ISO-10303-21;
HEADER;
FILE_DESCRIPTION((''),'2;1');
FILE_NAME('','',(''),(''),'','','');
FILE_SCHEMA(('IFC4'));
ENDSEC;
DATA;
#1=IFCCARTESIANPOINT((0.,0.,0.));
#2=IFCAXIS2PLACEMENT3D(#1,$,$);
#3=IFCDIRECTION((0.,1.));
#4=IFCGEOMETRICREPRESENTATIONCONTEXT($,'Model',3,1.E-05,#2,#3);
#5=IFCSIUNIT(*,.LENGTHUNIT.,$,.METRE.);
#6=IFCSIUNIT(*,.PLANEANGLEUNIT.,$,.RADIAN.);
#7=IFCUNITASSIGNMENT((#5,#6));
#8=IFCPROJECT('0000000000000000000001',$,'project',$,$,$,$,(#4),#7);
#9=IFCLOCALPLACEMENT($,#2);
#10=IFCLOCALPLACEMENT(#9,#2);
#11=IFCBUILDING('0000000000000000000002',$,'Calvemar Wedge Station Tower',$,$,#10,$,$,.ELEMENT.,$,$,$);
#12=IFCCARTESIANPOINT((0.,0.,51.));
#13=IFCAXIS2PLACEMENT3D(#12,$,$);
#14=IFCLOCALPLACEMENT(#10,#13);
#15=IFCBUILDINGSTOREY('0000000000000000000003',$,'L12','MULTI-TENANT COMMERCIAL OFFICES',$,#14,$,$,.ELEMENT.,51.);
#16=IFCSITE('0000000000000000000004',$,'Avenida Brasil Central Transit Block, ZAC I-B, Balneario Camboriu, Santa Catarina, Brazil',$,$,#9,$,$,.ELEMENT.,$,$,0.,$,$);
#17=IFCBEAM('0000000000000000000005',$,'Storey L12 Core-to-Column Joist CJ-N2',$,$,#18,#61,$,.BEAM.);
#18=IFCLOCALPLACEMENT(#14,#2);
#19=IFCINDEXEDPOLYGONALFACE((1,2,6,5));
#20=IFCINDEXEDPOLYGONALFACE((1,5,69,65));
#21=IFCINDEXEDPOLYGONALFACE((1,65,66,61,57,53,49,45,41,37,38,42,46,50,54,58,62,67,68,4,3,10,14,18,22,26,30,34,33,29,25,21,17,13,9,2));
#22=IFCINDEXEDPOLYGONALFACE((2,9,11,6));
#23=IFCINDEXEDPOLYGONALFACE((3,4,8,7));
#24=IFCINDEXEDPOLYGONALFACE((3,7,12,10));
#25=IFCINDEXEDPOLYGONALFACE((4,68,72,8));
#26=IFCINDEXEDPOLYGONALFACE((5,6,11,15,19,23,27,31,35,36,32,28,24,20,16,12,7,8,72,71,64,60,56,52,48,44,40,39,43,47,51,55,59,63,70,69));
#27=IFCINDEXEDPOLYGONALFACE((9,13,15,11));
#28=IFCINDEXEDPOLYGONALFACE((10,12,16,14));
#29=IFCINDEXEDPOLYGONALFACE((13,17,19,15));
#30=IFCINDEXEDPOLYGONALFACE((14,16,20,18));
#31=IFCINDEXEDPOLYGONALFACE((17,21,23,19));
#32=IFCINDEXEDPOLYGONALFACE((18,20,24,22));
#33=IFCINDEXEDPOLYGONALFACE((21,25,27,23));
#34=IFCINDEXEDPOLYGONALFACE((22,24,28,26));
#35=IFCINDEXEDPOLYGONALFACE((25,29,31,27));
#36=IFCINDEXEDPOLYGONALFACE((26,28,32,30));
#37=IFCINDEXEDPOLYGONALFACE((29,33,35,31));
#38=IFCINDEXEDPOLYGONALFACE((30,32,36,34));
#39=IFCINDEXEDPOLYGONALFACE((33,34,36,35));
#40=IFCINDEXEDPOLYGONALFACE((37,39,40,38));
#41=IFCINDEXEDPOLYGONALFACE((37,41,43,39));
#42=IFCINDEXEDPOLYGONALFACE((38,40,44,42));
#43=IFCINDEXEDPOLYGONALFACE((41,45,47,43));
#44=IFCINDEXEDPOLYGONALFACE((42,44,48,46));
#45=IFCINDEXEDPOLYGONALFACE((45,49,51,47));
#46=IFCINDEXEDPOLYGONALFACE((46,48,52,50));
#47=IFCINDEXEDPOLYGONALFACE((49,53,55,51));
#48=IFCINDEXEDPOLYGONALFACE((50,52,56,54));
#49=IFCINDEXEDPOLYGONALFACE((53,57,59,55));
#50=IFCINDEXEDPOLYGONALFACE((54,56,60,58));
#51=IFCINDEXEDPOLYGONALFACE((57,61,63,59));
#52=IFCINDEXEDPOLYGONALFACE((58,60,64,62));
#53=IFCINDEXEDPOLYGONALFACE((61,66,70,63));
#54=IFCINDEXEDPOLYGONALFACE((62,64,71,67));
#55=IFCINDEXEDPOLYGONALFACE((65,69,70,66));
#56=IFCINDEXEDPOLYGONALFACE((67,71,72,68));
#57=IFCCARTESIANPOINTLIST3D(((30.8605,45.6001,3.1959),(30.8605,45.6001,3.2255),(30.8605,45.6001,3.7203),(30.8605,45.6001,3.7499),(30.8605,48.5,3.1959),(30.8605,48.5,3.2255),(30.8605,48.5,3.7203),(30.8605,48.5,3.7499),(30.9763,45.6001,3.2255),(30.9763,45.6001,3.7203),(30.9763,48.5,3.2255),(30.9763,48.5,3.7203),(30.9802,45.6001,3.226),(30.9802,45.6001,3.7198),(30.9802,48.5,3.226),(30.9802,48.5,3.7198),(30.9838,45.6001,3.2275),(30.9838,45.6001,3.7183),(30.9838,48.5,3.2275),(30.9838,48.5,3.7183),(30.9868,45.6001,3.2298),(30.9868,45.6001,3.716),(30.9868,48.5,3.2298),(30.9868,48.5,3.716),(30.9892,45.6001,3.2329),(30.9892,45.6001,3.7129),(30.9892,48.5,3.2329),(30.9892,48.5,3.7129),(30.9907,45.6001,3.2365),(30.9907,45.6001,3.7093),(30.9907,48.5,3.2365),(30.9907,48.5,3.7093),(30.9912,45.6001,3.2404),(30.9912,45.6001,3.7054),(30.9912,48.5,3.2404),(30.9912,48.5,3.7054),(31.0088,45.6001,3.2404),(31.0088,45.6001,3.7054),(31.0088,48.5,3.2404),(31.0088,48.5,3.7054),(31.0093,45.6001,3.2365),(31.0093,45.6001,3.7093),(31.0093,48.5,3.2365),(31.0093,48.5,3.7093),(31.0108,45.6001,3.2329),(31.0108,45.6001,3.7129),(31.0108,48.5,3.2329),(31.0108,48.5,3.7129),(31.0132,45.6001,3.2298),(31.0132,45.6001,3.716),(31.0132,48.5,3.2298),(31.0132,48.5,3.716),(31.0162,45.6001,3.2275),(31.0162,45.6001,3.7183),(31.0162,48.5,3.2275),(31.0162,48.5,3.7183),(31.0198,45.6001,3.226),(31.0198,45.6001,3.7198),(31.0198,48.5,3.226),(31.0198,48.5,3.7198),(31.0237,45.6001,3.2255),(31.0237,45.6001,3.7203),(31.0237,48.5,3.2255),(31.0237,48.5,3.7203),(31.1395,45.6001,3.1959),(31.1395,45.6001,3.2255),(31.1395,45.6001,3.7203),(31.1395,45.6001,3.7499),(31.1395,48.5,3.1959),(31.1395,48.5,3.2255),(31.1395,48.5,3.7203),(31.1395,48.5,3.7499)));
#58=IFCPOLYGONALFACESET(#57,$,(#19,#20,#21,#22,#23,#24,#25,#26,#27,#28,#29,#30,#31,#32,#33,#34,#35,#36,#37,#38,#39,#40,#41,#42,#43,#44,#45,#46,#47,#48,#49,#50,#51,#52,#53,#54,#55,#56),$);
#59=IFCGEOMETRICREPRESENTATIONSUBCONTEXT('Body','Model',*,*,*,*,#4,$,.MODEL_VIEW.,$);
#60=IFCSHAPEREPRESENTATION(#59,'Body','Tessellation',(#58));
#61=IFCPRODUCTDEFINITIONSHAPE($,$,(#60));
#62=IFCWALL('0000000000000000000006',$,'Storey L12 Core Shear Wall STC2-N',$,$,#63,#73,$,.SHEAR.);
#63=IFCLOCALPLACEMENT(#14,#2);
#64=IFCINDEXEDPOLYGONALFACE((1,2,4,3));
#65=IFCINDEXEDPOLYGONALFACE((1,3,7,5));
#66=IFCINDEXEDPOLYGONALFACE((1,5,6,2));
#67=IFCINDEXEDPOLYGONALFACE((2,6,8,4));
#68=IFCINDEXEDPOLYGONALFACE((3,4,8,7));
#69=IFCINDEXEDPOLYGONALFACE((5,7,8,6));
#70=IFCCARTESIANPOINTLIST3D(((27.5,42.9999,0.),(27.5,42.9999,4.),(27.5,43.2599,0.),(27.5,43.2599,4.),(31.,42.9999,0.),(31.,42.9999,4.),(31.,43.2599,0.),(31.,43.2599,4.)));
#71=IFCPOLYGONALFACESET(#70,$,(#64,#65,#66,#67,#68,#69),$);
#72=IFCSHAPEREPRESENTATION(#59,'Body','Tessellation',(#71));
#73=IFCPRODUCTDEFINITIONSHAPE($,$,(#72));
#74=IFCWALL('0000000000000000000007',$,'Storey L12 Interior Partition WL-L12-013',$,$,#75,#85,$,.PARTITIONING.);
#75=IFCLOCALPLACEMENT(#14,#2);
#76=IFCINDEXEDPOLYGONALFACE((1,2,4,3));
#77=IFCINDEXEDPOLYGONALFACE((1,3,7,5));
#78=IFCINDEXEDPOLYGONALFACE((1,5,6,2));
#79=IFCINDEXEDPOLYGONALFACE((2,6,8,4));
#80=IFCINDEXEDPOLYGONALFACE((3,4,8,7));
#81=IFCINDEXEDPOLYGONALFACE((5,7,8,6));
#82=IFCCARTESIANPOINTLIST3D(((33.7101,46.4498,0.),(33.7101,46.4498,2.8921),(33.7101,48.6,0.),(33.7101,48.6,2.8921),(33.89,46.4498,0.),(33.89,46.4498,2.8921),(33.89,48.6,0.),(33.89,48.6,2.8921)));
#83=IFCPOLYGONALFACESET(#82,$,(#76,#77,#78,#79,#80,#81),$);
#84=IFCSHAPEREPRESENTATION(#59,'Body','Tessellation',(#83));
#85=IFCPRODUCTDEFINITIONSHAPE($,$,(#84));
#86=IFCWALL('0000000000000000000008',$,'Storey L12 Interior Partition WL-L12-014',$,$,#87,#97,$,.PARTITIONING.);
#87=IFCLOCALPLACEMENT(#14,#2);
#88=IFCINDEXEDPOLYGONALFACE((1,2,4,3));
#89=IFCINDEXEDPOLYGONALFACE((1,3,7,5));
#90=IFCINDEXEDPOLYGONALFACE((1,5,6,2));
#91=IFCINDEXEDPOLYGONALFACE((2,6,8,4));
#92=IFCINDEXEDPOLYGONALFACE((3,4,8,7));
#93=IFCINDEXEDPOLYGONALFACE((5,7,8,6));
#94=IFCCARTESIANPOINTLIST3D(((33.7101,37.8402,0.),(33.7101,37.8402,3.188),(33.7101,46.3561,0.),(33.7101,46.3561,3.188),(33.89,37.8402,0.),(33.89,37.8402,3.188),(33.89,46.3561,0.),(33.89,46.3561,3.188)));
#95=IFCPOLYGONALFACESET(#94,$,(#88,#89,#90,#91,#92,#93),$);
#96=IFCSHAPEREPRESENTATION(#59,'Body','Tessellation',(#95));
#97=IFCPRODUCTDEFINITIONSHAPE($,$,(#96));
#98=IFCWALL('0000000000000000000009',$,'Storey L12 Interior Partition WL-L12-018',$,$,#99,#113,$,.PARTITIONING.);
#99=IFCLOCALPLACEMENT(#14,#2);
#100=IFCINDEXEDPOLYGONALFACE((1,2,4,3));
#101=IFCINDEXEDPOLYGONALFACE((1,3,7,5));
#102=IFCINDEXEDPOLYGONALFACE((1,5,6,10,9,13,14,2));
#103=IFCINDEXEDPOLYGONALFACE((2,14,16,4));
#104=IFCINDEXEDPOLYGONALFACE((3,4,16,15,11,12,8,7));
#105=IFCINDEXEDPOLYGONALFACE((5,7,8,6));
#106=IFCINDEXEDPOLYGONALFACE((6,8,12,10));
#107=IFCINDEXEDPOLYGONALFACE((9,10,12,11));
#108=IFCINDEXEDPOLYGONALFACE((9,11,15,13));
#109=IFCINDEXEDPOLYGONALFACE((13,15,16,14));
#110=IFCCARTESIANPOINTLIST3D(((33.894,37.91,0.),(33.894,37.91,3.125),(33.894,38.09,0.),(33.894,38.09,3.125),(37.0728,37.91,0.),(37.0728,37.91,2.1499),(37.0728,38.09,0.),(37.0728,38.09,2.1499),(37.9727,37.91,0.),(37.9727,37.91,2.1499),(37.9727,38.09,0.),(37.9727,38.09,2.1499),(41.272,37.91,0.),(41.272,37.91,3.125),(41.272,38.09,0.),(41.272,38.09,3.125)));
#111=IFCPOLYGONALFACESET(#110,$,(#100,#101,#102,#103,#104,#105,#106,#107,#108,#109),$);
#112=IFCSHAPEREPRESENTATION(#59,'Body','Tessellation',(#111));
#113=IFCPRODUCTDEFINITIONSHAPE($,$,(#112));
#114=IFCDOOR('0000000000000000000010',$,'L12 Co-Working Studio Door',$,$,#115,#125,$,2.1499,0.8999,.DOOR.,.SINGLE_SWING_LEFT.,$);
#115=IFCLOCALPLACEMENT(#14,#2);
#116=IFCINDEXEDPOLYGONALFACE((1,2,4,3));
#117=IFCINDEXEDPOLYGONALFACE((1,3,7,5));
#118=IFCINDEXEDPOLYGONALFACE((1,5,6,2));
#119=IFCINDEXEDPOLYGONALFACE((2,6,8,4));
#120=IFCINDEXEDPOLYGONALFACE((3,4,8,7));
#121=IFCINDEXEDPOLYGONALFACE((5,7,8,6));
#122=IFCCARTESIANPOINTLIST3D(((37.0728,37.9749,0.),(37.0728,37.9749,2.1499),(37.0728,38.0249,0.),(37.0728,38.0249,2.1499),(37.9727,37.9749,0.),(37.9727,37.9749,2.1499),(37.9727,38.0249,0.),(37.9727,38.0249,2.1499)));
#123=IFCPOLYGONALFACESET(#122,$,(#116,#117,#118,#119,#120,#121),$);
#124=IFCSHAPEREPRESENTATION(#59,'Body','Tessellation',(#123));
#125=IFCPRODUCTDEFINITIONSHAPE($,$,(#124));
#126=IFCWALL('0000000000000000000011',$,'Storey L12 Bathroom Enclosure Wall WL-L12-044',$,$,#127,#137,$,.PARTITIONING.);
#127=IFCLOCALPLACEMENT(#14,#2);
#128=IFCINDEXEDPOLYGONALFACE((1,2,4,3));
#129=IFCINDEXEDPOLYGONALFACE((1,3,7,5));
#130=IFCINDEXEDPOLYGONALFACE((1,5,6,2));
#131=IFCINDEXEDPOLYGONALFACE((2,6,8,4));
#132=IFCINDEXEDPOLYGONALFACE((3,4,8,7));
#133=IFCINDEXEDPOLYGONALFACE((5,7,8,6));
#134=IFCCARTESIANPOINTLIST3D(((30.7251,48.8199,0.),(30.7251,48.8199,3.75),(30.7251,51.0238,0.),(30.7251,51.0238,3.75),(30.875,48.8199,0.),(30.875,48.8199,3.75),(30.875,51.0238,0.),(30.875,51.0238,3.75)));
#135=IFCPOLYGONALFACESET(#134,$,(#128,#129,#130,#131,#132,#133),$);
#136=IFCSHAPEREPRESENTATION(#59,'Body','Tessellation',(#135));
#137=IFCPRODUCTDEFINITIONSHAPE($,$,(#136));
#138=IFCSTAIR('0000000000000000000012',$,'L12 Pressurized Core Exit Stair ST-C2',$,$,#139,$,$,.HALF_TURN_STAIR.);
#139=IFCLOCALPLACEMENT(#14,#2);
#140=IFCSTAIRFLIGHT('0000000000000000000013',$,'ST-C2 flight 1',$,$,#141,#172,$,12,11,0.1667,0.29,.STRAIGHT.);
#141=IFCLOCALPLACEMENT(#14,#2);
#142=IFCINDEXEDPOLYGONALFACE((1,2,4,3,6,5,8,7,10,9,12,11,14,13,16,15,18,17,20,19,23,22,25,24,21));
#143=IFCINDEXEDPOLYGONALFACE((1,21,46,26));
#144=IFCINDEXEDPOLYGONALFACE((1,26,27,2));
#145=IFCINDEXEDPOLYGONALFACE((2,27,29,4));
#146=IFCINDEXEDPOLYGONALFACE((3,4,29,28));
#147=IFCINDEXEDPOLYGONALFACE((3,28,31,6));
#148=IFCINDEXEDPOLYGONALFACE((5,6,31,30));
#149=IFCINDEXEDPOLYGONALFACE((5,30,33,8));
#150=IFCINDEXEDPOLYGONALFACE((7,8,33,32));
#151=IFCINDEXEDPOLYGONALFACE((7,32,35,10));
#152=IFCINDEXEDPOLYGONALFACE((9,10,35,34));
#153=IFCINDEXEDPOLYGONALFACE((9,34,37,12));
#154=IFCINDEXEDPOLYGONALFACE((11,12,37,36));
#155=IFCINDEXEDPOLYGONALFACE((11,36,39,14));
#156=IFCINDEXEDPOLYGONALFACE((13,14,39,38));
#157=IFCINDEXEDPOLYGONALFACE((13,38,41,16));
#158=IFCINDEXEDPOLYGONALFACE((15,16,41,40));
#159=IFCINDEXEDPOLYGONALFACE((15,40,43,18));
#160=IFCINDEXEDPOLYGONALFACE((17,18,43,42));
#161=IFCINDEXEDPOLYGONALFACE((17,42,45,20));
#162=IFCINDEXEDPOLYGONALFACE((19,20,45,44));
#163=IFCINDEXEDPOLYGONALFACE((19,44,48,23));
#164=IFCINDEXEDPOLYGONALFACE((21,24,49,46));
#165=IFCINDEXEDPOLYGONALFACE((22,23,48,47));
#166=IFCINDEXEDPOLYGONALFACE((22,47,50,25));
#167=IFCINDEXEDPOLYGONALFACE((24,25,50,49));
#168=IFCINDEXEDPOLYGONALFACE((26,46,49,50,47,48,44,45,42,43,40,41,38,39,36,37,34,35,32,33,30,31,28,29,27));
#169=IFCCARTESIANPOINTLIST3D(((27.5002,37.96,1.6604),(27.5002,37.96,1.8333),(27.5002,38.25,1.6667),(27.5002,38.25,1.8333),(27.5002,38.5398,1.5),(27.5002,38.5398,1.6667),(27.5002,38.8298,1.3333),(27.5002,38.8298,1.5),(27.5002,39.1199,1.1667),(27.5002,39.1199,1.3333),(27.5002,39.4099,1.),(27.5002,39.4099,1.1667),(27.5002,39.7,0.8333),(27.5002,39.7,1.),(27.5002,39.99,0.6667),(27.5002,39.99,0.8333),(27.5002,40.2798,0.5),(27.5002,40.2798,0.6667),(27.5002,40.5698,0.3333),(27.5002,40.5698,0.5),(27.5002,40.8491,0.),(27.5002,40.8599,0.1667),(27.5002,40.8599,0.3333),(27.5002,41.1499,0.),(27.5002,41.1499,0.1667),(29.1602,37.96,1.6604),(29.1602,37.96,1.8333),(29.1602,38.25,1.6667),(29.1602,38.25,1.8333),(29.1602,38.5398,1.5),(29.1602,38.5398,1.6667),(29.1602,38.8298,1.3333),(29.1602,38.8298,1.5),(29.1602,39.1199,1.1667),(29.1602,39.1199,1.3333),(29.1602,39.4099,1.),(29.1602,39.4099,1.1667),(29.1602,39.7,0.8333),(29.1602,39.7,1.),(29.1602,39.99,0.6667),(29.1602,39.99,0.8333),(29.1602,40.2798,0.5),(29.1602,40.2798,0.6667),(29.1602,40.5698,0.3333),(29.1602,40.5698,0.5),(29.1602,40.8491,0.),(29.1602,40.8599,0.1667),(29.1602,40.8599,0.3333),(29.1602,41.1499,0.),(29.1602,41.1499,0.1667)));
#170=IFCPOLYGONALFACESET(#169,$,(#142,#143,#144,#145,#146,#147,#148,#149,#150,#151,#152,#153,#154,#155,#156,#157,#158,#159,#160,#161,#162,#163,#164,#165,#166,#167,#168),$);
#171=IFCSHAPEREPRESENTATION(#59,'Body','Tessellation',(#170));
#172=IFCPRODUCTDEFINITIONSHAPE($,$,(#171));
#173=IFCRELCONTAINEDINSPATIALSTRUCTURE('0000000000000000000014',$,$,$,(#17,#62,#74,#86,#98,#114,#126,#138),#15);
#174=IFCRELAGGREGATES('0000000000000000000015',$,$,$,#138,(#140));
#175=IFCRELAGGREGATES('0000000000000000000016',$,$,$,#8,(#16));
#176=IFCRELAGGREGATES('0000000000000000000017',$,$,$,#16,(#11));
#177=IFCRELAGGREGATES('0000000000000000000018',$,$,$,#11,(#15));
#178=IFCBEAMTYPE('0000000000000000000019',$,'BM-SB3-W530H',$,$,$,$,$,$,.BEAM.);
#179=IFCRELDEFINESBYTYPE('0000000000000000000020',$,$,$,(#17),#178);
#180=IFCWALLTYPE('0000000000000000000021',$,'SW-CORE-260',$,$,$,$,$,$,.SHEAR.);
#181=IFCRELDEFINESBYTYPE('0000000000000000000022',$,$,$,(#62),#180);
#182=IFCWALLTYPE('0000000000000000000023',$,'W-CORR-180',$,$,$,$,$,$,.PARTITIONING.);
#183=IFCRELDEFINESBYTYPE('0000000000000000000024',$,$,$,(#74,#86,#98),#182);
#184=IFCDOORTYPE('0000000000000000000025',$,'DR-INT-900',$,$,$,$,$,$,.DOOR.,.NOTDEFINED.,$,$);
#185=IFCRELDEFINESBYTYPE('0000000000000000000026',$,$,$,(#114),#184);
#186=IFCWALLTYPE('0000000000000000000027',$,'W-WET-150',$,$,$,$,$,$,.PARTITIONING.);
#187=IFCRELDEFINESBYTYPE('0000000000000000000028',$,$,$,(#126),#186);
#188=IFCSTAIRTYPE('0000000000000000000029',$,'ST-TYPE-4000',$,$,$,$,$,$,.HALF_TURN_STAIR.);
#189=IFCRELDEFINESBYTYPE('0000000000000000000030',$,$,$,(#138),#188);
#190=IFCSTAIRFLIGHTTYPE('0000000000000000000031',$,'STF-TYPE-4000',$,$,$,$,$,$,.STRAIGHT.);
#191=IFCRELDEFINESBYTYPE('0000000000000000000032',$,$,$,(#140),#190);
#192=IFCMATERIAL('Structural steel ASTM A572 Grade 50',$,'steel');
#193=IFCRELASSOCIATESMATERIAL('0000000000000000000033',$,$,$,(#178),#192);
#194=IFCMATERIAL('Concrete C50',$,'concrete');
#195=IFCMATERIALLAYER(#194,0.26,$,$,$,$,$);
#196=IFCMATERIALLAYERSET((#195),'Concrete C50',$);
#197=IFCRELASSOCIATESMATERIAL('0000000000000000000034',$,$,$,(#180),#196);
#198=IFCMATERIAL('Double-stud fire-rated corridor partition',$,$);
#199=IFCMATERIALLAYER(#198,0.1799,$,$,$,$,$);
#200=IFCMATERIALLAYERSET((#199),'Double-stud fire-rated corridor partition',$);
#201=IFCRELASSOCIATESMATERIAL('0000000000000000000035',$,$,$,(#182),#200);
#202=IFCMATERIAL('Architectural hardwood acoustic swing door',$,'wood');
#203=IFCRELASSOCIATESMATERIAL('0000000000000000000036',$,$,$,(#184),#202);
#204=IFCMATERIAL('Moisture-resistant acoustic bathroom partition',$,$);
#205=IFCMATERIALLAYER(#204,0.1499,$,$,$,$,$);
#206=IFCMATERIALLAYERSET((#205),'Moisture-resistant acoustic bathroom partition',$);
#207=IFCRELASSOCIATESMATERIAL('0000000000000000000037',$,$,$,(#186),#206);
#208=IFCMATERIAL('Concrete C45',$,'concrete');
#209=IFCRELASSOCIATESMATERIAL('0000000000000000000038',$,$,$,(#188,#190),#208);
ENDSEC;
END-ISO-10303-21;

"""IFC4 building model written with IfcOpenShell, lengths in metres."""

from ifc_helpers import new_model, si_unit, direction, frame, frame_2d, origin, origin_2d, place, context, subcontext, project, spatial, polyline, rectangle, i_section, outline, extrude, source, transform, mapped, material, layer, layer_set, material_profile, profile_set, type_object, element, fill, aggregate, save


model = new_model("IFC4")

# Units and contexts
model_context = context("Model", 3, precision=1e-05, world=origin(), true_north=direction((0.0, 1.0)))
body_context = subcontext(model_context, "Body", "Model", "MODEL_VIEW")
ifc_project = project(units=[si_unit("LENGTHUNIT", "METRE"), si_unit("PLANEANGLEUNIT", "RADIAN")], contexts=[model_context])

# Site, building, storey
site_placement = place(None, origin())
site = spatial("IfcSite", under=ifc_project, at=site_placement, Name="Avenida Brasil Central Transit Block, ZAC I-B, Balneario Camboriu, Santa Catarina, Brazil", CompositionType="ELEMENT", RefElevation=0.0)
building_placement = place(site_placement, origin())
building = spatial("IfcBuilding", under=site, at=building_placement, Name="Calvemar Wedge Station Tower", CompositionType="ELEMENT")
storey_placement = place(building_placement, frame((0.0, 0.0, 51.0)))
storey = spatial("IfcBuildingStorey", under=building, at=storey_placement, Name="L12", Description="MULTI-TENANT COMMERCIAL OFFICES", CompositionType="ELEMENT", Elevation=51.0)

# Beam
ifc_material_1 = material(Name="Structural steel ASTM A572 Grade 50", Category="steel")
ifc_material_profile_1 = material_profile(ifc_material_1, i_section(OverallWidth=0.2791, OverallDepth=0.554, WebThickness=0.0176, FlangeThickness=0.0295, FilletRadius=0.0149, at=origin_2d()), Name="W530x196")
ifc_profile_set_1 = profile_set([ifc_material_profile_1], Name="Structural steel ASTM A572 Grade 50")
beam_type_1 = type_object("IfcBeamType", Name="BM-SB3-W530H", PredefinedType="BEAM", material=ifc_profile_set_1)
shared_shape_1 = source(origin(), body_context, "Body", "SweptSolid", [
    extrude(i_section(OverallWidth=0.2791, OverallDepth=0.554, WebThickness=0.0176, FlangeThickness=0.0295, FilletRadius=0.0149, at=origin_2d()), origin(), (0.0, 0.0, 1.0), 2.8999),
])
beam_1_placement = place(storey_placement, frame((31.0, 45.6001, 3.4729), z_axis=(0.0, 1.0, 0.0), x_axis=(-1.0, 0.0, 0.0)))
element("IfcBeam", 1, at=beam_1_placement, inside=storey, type_object=beam_type_1, Name="Storey L12 Core-to-Column Joist CJ-N2", PredefinedType="BEAM", context=body_context, shape_type="MappedRepresentation", body=[
    mapped(shared_shape_1, transform((0.0, 0.0, 0.0), scale=1.0)),
])

# Walls
ifc_material_2 = material(Name="Concrete C50", Category="concrete")
ifc_layer_1 = layer(ifc_material_2, 0.26)
ifc_layer_set_1 = layer_set([ifc_layer_1], Name="Concrete C50")
wall_type_1 = type_object("IfcWallType", Name="SW-CORE-260", PredefinedType="SHEAR", material=ifc_layer_set_1)
wall_1_placement = place(storey_placement, frame((27.5, 43.1299, 0.0), z_axis=(0.0, 0.0, 1.0), x_axis=(1.0, 0.0, 0.0)))
element("IfcWall", 2, at=wall_1_placement, inside=storey, type_object=wall_type_1, Name="Storey L12 Core Shear Wall STC2-N", PredefinedType="SHEAR", context=body_context, shape_type="SweptSolid", body=[
    extrude(rectangle(XDim=3.5, YDim=0.26, at=frame_2d((1.75, 0.0))), origin(), (0.0, 0.0, 1.0), 4.0),
])
ifc_material_3 = material(Name="Double-stud fire-rated corridor partition")
ifc_layer_2 = layer(ifc_material_3, 0.1799)
ifc_layer_set_2 = layer_set([ifc_layer_2], Name="Double-stud fire-rated corridor partition")
wall_type_2 = type_object("IfcWallType", Name="W-CORR-180", PredefinedType="PARTITIONING", material=ifc_layer_set_2)
wall_2_placement = place(storey_placement, frame((33.8, 48.6001, 0.0), z_axis=(0.0, 0.0, 1.0), x_axis=(0.0, -1.0, 0.0)))
element("IfcWall", 3, at=wall_2_placement, inside=storey, type_object=wall_type_2, Name="Storey L12 Interior Partition WL-L12-013", PredefinedType="PARTITIONING", context=body_context, shape_type="SweptSolid", body=[
    extrude(rectangle(XDim=2.1501, YDim=0.1799, at=frame_2d((1.0752, 0.0))), origin(), (0.0, 0.0, 1.0), 2.8921),
])
wall_3_placement = place(storey_placement, frame((33.8, 46.356, 0.0), z_axis=(0.0, 0.0, 1.0), x_axis=(0.0, -1.0, 0.0)))
element("IfcWall", 4, at=wall_3_placement, inside=storey, type_object=wall_type_2, Name="Storey L12 Interior Partition WL-L12-014", PredefinedType="PARTITIONING", context=body_context, shape_type="SweptSolid", body=[
    extrude(rectangle(XDim=8.5159, YDim=0.1799, at=frame_2d((4.2578, 0.0))), origin(), (0.0, 0.0, 1.0), 3.188),
])

# Wall, opening, door
wall_4_placement = place(storey_placement, frame((33.894, 38.0, 0.0), z_axis=(0.0, 0.0, 1.0), x_axis=(1.0, 0.0, 0.0)))
wall_4 = element("IfcWall", 5, at=wall_4_placement, inside=storey, type_object=wall_type_2, Name="Storey L12 Interior Partition WL-L12-018", PredefinedType="PARTITIONING", context=body_context, shape_type="SweptSolid", body=[
    extrude(rectangle(XDim=7.3779, YDim=0.1799, at=frame_2d((3.689, 0.0))), origin(), (0.0, 0.0, 1.0), 3.125),
])
shared_shape_2 = source(origin(), body_context, "Body", "SweptSolid", [
    extrude(rectangle(XDim=0.8999, YDim=2.1499, at=frame_2d((0.45, 1.075))), frame((0.0, 0.1001, 0.0), z_axis=(0.0, -1.0, 0.0), x_axis=(1.0, 0.0, 0.0)), (0.0, 0.0, 1.0), 0.2),
])
opening_placement = place(wall_4_placement, frame((3.1787, 0.0, 0.0)))
opening = element("IfcOpeningElement", 6, at=opening_placement, cuts=wall_4, PredefinedType="OPENING", context=body_context, shape_type="MappedRepresentation", body=[
    mapped(shared_shape_2, transform((0.0, 0.0, 0.0), scale=1.0)),
])
ifc_material_4 = material(Name="Architectural hardwood acoustic swing door", Category="wood")
door_type = type_object("IfcDoorType", Name="DR-INT-900", OperationType="NOTDEFINED", PredefinedType="DOOR", material=ifc_material_4)
shared_shape_3 = source(origin(), body_context, "Body", "SweptSolid", [
    extrude(rectangle(XDim=0.8999, YDim=2.1499, at=frame_2d((0.45, 1.075))), frame((0.0, 0.0249, 0.0), z_axis=(0.0, -1.0, 0.0), x_axis=(1.0, 0.0, 0.0)), (0.0, 0.0, 1.0), 0.05),
])
door_placement = place(opening_placement, origin())
door = element("IfcDoor", 7, at=door_placement, inside=storey, type_object=door_type, Name="L12 Co-Working Studio Door", OperationType="SINGLE_SWING_LEFT", OverallHeight=2.1499, OverallWidth=0.8999, PredefinedType="DOOR", context=body_context, shape_type="MappedRepresentation", body=[
    mapped(shared_shape_3, transform((0.0, 0.0, 0.0), scale=1.0)),
])
fill(opening, door)

# Wall
ifc_material_5 = material(Name="Moisture-resistant acoustic bathroom partition")
ifc_layer_3 = layer(ifc_material_5, 0.1499)
ifc_layer_set_3 = layer_set([ifc_layer_3], Name="Moisture-resistant acoustic bathroom partition")
wall_type_3 = type_object("IfcWallType", Name="W-WET-150", PredefinedType="PARTITIONING", material=ifc_layer_set_3)
wall_5_placement = place(storey_placement, frame((30.8, 51.0239, 0.0), z_axis=(0.0, 0.0, 1.0), x_axis=(0.0, -1.0, 0.0)))
element("IfcWall", 8, at=wall_5_placement, inside=storey, type_object=wall_type_3, Name="Storey L12 Bathroom Enclosure Wall WL-L12-044", PredefinedType="PARTITIONING", context=body_context, shape_type="SweptSolid", body=[
    extrude(rectangle(XDim=2.2039, YDim=0.1499, at=frame_2d((1.1021, 0.0))), origin(), (0.0, 0.0, 1.0), 3.75),
])

# Stair, stair flight
ifc_material_6 = material(Name="Concrete C45", Category="concrete")
stair_type = type_object("IfcStairType", Name="ST-TYPE-4000", PredefinedType="HALF_TURN_STAIR", material=ifc_material_6)
stair_placement = place(storey_placement, origin())
stair = element("IfcStair", 9, at=stair_placement, inside=storey, type_object=stair_type, Name="L12 Pressurized Core Exit Stair ST-C2", PredefinedType="HALF_TURN_STAIR")
stair_flight_type = type_object("IfcStairFlightType", Name="STF-TYPE-4000", PredefinedType="STRAIGHT", material=ifc_material_6)
stair_flight_1_placement = place(storey_placement, frame((28.3301, 41.1499, 0.0), z_axis=(0.0, 0.0, 1.0), x_axis=(0.0, -1.0, 0.0)))
stair_flight_1 = element("IfcStairFlight", 10, at=stair_flight_1_placement, type_object=stair_flight_type, Name="ST-C2 flight 1", NumberOfRisers=12, NumberOfTreads=11, PredefinedType="STRAIGHT", RiserHeight=0.1667, TreadLength=0.29, context=body_context, shape_type="SweptSolid", body=[
    extrude(outline(polyline([(0.0, 0.0), (0.0, 0.1667), (0.29, 0.1667), (0.29, 0.3333), (0.5801, 0.3333), (0.5801, 0.5), (0.8701, 0.5), (0.8701, 0.6667), (1.1599, 0.6667), (1.1599, 0.8333), (1.45, 0.8333), (1.45, 1.0), (1.74, 1.0), (1.74, 1.1667), (2.03, 1.1667), (2.03, 1.3333), (2.3201, 1.3333), (2.3201, 1.5), (2.6101, 1.5), (2.6101, 1.6667), (2.8999, 1.6667), (2.8999, 1.8333), (3.1899, 1.8333), (3.1899, 2.0), (3.1899, 1.6604), (0.3008, 0.0), (0.0, 0.0)])), frame((0.0, 0.8301, 0.0), z_axis=(0.0, -1.0, 0.0), x_axis=(1.0, 0.0, 0.0)), (0.0, 0.0, 1.0), 1.6599),
])
aggregate(stair, [stair_flight_1])

save(model, "model.ifc")
